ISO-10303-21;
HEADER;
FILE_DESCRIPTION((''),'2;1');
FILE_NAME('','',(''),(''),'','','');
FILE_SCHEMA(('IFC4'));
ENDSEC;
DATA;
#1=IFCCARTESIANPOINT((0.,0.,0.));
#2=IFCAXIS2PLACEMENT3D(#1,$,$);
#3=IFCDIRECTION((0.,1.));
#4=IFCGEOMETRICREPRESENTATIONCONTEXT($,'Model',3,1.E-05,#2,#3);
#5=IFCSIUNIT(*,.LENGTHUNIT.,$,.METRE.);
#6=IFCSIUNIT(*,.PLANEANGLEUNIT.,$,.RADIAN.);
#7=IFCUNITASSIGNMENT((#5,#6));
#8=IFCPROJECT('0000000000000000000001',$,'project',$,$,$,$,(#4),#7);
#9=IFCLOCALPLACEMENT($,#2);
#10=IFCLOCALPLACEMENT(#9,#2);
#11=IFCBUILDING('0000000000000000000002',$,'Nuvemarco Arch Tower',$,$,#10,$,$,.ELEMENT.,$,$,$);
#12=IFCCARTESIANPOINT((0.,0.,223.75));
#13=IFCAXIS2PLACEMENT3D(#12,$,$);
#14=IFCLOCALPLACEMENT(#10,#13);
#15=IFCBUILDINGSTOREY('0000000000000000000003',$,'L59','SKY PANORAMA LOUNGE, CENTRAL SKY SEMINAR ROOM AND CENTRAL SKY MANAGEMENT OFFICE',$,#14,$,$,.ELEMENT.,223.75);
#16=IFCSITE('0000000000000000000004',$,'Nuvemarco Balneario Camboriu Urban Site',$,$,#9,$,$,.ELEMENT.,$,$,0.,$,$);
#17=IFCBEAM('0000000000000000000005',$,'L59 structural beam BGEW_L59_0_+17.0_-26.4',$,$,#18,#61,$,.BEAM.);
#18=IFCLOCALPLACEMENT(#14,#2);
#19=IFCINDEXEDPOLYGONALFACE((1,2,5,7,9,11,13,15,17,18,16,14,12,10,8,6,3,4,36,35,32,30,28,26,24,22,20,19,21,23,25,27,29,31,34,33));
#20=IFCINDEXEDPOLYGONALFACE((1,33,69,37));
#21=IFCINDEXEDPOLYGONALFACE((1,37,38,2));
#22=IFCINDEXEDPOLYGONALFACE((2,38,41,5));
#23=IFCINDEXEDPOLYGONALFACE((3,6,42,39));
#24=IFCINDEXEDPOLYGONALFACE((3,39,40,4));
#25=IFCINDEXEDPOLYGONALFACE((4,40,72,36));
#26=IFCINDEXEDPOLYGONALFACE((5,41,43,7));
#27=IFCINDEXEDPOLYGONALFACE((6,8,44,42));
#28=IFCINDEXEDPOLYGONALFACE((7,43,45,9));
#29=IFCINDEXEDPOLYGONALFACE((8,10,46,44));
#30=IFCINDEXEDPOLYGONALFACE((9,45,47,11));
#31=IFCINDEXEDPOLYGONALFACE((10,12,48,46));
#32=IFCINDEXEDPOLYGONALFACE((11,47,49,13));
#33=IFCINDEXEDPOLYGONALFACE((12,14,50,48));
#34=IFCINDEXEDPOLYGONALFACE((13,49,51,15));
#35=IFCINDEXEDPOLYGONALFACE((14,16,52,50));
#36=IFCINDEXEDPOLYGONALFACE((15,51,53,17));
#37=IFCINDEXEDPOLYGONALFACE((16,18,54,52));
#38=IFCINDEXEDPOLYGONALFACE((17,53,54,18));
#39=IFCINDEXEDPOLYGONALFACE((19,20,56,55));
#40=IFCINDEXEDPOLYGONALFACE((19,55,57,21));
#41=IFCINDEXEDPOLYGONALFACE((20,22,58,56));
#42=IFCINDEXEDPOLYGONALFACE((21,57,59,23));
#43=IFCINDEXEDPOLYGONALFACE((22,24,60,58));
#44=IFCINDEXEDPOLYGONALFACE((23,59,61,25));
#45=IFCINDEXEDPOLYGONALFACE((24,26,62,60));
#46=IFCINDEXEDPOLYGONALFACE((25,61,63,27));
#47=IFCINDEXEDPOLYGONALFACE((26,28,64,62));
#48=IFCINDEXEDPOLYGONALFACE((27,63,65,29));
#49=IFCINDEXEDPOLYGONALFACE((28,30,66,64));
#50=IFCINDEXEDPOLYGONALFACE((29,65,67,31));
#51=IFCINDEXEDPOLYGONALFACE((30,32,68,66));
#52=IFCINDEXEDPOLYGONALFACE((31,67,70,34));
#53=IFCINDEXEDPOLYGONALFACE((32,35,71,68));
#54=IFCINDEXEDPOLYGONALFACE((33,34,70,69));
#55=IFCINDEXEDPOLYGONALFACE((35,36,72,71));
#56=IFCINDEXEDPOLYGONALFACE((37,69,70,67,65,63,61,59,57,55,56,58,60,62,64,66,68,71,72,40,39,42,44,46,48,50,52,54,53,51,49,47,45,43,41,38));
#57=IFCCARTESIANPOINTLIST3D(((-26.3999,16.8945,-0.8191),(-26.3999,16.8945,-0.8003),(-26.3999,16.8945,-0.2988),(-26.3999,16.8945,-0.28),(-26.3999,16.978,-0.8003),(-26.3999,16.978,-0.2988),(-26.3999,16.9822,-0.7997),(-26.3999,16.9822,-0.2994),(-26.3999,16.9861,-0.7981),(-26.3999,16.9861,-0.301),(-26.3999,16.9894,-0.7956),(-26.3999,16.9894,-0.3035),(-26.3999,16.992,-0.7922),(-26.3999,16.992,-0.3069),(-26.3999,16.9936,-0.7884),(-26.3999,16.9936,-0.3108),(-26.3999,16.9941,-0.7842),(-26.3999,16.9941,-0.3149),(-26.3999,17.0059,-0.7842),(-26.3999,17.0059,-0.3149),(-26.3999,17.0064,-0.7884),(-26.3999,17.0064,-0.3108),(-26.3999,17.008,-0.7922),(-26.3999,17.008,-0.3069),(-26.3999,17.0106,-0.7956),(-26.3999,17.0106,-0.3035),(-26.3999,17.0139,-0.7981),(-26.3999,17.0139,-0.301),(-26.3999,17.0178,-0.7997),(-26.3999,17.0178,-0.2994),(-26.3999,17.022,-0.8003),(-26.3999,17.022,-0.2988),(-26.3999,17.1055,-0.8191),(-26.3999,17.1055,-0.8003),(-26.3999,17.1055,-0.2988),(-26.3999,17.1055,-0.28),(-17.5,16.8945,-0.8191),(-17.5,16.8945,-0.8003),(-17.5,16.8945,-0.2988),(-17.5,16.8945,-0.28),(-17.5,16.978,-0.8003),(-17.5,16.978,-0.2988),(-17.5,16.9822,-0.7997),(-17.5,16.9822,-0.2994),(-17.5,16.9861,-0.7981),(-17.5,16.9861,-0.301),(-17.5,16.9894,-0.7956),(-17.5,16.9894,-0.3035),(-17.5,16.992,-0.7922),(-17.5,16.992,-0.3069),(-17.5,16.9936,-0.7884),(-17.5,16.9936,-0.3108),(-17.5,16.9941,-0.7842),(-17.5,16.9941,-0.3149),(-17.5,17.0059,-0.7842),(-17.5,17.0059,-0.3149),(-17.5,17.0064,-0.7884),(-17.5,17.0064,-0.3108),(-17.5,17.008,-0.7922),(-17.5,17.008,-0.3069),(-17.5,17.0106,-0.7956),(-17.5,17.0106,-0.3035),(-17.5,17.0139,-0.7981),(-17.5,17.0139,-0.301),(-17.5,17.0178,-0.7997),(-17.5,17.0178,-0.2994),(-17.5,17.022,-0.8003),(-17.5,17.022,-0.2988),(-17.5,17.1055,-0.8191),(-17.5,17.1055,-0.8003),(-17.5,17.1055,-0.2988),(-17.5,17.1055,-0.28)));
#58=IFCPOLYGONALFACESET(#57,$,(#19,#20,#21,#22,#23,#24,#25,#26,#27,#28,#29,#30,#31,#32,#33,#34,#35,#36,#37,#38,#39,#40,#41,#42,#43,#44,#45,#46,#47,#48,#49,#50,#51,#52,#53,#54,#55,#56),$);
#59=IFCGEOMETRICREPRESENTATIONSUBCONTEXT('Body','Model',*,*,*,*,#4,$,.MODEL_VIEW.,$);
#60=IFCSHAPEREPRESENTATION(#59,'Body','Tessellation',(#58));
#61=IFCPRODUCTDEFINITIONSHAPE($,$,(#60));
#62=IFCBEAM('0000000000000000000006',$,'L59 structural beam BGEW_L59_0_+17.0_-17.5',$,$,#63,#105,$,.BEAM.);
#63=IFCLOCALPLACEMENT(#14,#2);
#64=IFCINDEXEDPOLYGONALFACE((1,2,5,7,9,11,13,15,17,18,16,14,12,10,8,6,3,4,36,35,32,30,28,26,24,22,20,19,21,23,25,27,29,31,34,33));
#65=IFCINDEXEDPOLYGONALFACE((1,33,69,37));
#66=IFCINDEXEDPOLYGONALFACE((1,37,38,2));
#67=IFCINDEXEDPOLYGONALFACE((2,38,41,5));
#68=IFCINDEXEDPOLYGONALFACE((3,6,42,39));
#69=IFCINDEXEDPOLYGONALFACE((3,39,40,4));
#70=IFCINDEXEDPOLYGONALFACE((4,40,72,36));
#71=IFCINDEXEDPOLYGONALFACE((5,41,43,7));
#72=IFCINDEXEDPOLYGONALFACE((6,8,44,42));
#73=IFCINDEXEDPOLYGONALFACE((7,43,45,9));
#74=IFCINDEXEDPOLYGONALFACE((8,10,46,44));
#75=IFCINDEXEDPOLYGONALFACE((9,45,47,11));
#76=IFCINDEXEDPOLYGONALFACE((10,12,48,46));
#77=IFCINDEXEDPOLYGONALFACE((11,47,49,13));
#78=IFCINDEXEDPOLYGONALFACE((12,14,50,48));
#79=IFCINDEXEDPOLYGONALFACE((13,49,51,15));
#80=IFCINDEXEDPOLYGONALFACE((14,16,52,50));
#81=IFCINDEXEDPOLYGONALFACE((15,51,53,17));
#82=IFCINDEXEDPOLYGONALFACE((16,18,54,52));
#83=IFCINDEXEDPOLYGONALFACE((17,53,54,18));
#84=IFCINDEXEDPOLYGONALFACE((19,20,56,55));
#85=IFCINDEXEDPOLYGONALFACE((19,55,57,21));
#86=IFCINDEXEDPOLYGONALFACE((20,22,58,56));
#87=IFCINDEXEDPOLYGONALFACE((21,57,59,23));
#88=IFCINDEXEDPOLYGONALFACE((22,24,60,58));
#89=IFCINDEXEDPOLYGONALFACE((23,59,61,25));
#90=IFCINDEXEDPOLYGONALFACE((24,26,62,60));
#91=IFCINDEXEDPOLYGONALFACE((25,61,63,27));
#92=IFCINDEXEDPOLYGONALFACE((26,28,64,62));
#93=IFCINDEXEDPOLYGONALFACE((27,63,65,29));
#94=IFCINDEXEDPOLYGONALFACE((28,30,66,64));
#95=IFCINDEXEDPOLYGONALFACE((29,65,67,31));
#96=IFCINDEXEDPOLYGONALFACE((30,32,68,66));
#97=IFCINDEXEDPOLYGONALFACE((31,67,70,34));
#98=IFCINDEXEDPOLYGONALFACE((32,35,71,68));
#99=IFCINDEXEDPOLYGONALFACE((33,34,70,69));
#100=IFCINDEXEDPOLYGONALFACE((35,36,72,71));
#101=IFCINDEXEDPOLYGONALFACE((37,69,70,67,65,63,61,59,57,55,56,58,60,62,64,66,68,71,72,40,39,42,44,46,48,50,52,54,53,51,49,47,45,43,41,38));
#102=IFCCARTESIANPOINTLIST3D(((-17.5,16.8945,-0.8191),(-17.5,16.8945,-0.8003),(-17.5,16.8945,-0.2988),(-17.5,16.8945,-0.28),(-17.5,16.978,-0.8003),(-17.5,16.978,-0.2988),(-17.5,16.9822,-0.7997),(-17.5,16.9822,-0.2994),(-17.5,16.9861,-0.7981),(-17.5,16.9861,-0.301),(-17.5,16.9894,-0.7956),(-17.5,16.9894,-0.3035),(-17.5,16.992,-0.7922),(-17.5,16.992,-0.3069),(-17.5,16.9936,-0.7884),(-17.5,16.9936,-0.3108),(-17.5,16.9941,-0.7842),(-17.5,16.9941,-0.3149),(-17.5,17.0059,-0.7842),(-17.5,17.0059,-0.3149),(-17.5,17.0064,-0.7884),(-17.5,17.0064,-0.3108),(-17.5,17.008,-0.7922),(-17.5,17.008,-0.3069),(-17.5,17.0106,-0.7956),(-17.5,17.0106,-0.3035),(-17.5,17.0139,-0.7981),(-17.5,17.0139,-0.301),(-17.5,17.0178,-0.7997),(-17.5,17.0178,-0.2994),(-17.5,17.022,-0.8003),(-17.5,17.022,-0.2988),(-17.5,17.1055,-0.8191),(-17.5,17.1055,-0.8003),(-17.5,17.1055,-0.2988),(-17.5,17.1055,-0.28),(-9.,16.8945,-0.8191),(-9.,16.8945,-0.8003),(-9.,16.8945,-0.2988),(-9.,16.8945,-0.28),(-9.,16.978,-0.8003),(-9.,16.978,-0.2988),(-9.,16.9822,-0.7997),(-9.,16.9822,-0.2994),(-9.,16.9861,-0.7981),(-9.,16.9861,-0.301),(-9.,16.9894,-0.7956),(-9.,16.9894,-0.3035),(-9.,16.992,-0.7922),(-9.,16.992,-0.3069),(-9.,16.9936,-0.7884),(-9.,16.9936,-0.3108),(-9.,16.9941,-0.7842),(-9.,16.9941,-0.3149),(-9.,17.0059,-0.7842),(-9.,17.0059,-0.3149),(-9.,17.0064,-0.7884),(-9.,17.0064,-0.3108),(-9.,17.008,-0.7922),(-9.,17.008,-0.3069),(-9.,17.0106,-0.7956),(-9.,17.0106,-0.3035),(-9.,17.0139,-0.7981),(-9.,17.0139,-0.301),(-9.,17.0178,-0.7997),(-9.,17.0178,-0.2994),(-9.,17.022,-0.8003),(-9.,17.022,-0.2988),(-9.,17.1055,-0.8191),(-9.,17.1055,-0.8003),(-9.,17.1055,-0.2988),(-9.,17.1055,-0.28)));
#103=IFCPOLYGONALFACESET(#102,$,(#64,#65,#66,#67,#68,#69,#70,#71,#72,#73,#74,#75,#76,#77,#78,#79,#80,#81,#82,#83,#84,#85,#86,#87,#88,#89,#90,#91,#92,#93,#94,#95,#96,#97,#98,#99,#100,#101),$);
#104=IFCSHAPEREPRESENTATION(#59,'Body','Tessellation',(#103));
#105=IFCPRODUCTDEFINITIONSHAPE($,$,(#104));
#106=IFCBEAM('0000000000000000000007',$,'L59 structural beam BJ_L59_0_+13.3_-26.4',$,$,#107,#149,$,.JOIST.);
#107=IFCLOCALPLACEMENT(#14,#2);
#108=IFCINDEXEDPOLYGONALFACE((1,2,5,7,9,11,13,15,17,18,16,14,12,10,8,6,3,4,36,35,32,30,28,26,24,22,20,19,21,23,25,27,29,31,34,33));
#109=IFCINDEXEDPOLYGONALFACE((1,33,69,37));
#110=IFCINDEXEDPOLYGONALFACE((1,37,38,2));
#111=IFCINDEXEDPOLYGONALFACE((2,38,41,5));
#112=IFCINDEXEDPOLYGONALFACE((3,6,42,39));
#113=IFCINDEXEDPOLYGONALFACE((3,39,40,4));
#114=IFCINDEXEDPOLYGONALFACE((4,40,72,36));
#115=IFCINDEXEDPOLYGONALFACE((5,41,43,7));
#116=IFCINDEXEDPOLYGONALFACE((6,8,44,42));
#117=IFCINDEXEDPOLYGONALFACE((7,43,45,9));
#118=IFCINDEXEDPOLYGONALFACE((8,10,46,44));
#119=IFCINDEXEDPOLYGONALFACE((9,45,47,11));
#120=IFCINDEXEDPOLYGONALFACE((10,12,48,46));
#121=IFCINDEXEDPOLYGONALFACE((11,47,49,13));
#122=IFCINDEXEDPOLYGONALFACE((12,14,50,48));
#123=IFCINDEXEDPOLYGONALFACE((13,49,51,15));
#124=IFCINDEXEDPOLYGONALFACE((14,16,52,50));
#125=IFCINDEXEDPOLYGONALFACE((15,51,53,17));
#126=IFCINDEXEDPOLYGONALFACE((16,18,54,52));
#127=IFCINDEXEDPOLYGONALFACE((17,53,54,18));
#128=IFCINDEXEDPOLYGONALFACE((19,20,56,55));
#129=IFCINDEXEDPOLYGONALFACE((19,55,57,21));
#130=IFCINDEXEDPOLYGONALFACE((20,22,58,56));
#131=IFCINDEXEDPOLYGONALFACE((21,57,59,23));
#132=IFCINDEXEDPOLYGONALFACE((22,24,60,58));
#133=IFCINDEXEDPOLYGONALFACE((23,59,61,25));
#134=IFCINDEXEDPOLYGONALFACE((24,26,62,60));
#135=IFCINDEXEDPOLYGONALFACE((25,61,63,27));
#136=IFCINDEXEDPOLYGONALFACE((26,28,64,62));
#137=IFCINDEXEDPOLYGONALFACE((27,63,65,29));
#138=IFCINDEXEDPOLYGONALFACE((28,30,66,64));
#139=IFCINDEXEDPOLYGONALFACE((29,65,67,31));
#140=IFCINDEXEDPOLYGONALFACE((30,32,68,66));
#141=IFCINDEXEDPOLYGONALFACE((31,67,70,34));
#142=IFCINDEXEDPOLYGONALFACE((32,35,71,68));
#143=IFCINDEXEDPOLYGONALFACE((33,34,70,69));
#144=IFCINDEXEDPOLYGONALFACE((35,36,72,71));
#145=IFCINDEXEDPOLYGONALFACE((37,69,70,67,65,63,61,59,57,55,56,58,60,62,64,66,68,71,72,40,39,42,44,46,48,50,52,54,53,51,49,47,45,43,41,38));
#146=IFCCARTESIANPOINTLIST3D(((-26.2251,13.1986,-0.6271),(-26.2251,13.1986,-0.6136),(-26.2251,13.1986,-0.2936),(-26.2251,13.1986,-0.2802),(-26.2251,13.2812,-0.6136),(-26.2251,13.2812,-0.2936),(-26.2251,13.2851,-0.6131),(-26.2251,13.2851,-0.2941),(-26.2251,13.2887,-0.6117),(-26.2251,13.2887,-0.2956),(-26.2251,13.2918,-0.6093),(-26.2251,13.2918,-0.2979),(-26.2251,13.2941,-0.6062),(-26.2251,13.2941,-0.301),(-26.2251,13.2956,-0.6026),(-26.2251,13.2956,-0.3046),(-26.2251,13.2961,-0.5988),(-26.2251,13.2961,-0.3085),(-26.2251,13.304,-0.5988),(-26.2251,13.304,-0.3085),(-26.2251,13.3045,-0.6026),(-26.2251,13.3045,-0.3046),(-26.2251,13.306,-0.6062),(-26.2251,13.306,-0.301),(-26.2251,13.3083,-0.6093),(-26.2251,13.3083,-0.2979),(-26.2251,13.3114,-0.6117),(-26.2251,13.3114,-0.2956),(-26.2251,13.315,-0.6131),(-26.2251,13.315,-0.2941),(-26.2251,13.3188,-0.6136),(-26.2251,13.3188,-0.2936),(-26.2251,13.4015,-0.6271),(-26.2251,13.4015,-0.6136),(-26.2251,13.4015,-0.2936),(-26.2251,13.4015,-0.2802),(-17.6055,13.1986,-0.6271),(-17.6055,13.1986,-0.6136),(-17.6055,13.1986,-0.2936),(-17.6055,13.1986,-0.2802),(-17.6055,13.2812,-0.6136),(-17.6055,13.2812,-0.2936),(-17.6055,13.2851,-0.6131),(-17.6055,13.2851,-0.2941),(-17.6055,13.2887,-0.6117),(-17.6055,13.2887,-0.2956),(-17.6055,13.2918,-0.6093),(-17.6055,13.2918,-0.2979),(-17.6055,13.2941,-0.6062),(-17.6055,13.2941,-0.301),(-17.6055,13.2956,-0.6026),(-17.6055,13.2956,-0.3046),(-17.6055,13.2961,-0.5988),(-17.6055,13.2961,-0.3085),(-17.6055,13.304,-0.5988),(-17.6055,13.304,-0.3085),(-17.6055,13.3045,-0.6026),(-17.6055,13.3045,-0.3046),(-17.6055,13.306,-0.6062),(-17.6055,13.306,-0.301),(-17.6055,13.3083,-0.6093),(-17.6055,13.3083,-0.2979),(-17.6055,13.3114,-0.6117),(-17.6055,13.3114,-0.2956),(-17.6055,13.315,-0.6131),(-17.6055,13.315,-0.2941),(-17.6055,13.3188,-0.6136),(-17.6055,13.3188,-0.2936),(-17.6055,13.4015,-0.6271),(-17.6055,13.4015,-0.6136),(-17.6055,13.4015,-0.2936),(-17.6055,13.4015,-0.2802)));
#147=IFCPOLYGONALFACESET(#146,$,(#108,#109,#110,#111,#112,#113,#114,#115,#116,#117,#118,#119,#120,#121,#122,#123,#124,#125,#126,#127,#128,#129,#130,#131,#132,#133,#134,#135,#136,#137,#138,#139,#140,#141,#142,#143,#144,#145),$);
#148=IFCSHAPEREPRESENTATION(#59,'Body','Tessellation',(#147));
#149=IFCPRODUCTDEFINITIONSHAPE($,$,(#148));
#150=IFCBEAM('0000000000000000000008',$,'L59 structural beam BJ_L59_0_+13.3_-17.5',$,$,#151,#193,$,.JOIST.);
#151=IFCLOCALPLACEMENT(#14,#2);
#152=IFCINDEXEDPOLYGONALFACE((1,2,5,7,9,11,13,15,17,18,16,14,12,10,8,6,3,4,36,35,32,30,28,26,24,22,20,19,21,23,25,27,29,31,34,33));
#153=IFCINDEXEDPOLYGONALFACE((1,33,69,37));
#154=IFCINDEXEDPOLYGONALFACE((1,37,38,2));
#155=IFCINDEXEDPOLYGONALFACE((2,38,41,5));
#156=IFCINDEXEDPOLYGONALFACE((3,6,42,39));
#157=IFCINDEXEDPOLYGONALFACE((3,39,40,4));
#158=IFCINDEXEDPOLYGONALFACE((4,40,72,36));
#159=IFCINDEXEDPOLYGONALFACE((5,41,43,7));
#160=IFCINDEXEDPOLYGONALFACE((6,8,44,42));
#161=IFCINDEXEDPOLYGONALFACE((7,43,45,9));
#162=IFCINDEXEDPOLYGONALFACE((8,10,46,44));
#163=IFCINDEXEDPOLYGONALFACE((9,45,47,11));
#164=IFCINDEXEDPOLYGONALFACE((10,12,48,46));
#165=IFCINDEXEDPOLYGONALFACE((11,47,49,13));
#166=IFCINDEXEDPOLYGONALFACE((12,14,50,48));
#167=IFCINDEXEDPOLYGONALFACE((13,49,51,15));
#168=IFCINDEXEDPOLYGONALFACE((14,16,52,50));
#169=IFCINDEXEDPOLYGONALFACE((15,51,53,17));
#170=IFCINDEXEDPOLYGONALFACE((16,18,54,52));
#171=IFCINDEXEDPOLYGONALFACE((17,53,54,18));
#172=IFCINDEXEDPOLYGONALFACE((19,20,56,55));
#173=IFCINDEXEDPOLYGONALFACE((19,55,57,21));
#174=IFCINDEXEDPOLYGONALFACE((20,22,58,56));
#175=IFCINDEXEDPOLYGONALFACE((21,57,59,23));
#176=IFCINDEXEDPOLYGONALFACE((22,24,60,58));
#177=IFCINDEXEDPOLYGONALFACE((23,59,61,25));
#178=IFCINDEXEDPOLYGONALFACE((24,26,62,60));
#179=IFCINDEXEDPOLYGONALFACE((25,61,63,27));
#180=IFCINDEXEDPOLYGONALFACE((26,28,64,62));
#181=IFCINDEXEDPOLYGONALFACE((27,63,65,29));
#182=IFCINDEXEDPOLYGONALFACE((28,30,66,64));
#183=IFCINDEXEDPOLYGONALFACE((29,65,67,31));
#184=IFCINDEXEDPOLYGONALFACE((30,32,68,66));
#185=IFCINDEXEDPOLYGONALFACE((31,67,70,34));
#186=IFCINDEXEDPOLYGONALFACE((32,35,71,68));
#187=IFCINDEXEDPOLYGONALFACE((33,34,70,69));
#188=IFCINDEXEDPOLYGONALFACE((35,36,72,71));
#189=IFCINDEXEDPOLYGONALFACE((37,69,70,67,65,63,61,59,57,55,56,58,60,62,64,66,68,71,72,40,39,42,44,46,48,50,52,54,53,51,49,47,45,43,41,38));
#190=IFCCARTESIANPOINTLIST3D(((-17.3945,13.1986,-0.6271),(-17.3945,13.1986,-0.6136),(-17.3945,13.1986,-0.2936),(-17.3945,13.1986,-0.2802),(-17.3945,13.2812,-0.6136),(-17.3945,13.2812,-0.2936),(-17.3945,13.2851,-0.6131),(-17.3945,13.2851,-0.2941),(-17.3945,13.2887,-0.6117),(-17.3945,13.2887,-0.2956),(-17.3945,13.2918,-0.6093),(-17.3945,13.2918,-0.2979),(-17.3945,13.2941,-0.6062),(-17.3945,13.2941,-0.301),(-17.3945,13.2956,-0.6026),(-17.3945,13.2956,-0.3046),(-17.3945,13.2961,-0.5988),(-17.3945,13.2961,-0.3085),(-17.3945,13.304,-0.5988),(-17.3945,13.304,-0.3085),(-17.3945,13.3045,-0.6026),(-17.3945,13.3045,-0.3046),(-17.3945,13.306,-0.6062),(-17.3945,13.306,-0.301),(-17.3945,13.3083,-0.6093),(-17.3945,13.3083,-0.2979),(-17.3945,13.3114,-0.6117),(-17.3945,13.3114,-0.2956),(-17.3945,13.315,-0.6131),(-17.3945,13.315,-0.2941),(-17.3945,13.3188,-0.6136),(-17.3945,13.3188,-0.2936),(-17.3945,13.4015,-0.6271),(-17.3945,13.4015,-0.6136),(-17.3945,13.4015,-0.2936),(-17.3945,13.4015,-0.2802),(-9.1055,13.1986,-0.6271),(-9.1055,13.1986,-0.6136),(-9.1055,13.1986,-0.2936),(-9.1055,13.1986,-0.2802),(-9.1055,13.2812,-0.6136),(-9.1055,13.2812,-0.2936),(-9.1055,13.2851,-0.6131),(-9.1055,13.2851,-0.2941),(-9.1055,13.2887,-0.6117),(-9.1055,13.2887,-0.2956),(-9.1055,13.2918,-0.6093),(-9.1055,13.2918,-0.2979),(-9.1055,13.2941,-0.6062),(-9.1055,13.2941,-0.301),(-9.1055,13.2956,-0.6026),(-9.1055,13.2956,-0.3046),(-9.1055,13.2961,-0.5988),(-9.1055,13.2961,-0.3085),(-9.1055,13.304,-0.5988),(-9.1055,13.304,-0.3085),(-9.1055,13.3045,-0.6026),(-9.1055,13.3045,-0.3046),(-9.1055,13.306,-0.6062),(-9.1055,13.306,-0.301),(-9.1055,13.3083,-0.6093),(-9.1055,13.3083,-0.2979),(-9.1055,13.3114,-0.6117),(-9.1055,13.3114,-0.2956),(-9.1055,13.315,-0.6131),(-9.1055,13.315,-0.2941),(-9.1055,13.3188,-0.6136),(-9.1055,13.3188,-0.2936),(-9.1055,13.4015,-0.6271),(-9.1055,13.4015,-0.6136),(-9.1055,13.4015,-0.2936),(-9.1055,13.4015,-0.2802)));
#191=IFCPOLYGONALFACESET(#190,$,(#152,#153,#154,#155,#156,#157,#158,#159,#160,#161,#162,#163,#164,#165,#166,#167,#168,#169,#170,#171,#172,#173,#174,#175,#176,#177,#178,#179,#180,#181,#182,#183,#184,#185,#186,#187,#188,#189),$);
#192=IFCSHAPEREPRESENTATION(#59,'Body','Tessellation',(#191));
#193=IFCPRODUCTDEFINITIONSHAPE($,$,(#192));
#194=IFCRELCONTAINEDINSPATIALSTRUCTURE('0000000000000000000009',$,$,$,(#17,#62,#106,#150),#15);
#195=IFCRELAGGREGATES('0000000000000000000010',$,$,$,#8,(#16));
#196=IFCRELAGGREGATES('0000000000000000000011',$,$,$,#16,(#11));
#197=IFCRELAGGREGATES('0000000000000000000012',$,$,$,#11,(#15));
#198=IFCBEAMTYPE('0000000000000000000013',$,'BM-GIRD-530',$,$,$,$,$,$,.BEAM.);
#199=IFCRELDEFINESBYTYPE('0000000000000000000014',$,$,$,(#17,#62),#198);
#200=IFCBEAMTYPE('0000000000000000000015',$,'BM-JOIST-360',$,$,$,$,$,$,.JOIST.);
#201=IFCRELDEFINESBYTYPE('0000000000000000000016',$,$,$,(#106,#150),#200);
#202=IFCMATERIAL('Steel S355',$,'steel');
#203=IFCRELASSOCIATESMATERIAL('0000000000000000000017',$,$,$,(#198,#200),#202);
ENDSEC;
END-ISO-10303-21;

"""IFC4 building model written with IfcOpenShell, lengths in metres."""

from ifc_helpers import new_model, si_unit, direction, frame, origin, origin_2d, place, context, subcontext, project, spatial, i_section, extrude, material, material_profile, profile_set, type_object, element, save


model = new_model("IFC4")

# Units and contexts
model_context = context("Model", 3, precision=1e-05, world=origin(), true_north=direction((0.0, 1.0)))
body_context = subcontext(model_context, "Body", "Model", "MODEL_VIEW")
ifc_project = project(units=[si_unit("LENGTHUNIT", "METRE"), si_unit("PLANEANGLEUNIT", "RADIAN")], contexts=[model_context])

# Site, building, storey
site_placement = place(None, origin())
site = spatial("IfcSite", under=ifc_project, at=site_placement, Name="Nuvemarco Balneario Camboriu Urban Site", CompositionType="ELEMENT", RefElevation=0.0)
building_placement = place(site_placement, origin())
building = spatial("IfcBuilding", under=site, at=building_placement, Name="Nuvemarco Arch Tower", CompositionType="ELEMENT")
storey_placement = place(building_placement, frame((0.0, 0.0, 223.75)))
storey = spatial("IfcBuildingStorey", under=building, at=storey_placement, Name="L59", Description="SKY PANORAMA LOUNGE, CENTRAL SKY SEMINAR ROOM AND CENTRAL SKY MANAGEMENT OFFICE", CompositionType="ELEMENT", Elevation=223.75)

# Shared definitions
ifc_material_1 = material(Name="Steel S355", Category="steel")

# Beams
ifc_material_profile_1 = material_profile(ifc_material_1, i_section(OverallWidth=0.2109, OverallDepth=0.5391, WebThickness=0.0117, FlangeThickness=0.0188, FilletRadius=0.0161, at=origin_2d()), Name="W530x109")
ifc_profile_set_1 = profile_set([ifc_material_profile_1], Name="Steel S355")
beam_type_1 = type_object("IfcBeamType", Name="BM-GIRD-530", PredefinedType="BEAM", material=ifc_profile_set_1)
beam_1_placement = place(storey_placement, frame((-26.3999, 17.0, -0.5496), z_axis=(1.0, 0.0, 0.0), x_axis=(0.0, 1.0, 0.0)))
element("IfcBeam", 1, at=beam_1_placement, inside=storey, type_object=beam_type_1, Name="L59 structural beam BGEW_L59_0_+17.0_-26.4", PredefinedType="BEAM", context=body_context, shape_type="SweptSolid", body=[
    extrude(i_section(OverallWidth=0.2109, OverallDepth=0.5391, WebThickness=0.0117, FlangeThickness=0.0188, FilletRadius=0.0161, at=origin_2d()), origin(), (0.0, 0.0, 1.0), 8.8999),
])
beam_2_placement = place(storey_placement, frame((-17.5, 17.0, -0.5496), z_axis=(1.0, 0.0, 0.0), x_axis=(0.0, 1.0, 0.0)))
element("IfcBeam", 2, at=beam_2_placement, inside=storey, type_object=beam_type_1, Name="L59 structural beam BGEW_L59_0_+17.0_-17.5", PredefinedType="BEAM", context=body_context, shape_type="SweptSolid", body=[
    extrude(i_section(OverallWidth=0.2109, OverallDepth=0.5391, WebThickness=0.0117, FlangeThickness=0.0188, FilletRadius=0.0161, at=origin_2d()), origin(), (0.0, 0.0, 1.0), 8.5),
])
ifc_material_profile_2 = material_profile(ifc_material_1, i_section(OverallWidth=0.2029, OverallDepth=0.3469, WebThickness=0.0078, FlangeThickness=0.0134, FilletRadius=0.0149, at=origin_2d()), Name="W360x64")
ifc_profile_set_2 = profile_set([ifc_material_profile_2], Name="Steel S355")
beam_type_2 = type_object("IfcBeamType", Name="BM-JOIST-360", PredefinedType="JOIST", material=ifc_profile_set_2)
beam_3_placement = place(storey_placement, frame((-26.2251, 13.3, -0.4536), z_axis=(1.0, 0.0, 0.0), x_axis=(0.0, 1.0, 0.0)))
element("IfcBeam", 3, at=beam_3_placement, inside=storey, type_object=beam_type_2, Name="L59 structural beam BJ_L59_0_+13.3_-26.4", PredefinedType="JOIST", context=body_context, shape_type="SweptSolid", body=[
    extrude(i_section(OverallWidth=0.2029, OverallDepth=0.3469, WebThickness=0.0078, FlangeThickness=0.0134, FilletRadius=0.0149, at=origin_2d()), origin(), (0.0, 0.0, 1.0), 8.6196),
])
beam_4_placement = place(storey_placement, frame((-17.3945, 13.3, -0.4536), z_axis=(1.0, 0.0, 0.0), x_axis=(0.0, 1.0, 0.0)))
element("IfcBeam", 4, at=beam_4_placement, inside=storey, type_object=beam_type_2, Name="L59 structural beam BJ_L59_0_+13.3_-17.5", PredefinedType="JOIST", context=body_context, shape_type="SweptSolid", body=[
    extrude(i_section(OverallWidth=0.2029, OverallDepth=0.3469, WebThickness=0.0078, FlangeThickness=0.0134, FilletRadius=0.0149, at=origin_2d()), origin(), (0.0, 0.0, 1.0), 8.2891),
])

save(model, "model.ifc")
